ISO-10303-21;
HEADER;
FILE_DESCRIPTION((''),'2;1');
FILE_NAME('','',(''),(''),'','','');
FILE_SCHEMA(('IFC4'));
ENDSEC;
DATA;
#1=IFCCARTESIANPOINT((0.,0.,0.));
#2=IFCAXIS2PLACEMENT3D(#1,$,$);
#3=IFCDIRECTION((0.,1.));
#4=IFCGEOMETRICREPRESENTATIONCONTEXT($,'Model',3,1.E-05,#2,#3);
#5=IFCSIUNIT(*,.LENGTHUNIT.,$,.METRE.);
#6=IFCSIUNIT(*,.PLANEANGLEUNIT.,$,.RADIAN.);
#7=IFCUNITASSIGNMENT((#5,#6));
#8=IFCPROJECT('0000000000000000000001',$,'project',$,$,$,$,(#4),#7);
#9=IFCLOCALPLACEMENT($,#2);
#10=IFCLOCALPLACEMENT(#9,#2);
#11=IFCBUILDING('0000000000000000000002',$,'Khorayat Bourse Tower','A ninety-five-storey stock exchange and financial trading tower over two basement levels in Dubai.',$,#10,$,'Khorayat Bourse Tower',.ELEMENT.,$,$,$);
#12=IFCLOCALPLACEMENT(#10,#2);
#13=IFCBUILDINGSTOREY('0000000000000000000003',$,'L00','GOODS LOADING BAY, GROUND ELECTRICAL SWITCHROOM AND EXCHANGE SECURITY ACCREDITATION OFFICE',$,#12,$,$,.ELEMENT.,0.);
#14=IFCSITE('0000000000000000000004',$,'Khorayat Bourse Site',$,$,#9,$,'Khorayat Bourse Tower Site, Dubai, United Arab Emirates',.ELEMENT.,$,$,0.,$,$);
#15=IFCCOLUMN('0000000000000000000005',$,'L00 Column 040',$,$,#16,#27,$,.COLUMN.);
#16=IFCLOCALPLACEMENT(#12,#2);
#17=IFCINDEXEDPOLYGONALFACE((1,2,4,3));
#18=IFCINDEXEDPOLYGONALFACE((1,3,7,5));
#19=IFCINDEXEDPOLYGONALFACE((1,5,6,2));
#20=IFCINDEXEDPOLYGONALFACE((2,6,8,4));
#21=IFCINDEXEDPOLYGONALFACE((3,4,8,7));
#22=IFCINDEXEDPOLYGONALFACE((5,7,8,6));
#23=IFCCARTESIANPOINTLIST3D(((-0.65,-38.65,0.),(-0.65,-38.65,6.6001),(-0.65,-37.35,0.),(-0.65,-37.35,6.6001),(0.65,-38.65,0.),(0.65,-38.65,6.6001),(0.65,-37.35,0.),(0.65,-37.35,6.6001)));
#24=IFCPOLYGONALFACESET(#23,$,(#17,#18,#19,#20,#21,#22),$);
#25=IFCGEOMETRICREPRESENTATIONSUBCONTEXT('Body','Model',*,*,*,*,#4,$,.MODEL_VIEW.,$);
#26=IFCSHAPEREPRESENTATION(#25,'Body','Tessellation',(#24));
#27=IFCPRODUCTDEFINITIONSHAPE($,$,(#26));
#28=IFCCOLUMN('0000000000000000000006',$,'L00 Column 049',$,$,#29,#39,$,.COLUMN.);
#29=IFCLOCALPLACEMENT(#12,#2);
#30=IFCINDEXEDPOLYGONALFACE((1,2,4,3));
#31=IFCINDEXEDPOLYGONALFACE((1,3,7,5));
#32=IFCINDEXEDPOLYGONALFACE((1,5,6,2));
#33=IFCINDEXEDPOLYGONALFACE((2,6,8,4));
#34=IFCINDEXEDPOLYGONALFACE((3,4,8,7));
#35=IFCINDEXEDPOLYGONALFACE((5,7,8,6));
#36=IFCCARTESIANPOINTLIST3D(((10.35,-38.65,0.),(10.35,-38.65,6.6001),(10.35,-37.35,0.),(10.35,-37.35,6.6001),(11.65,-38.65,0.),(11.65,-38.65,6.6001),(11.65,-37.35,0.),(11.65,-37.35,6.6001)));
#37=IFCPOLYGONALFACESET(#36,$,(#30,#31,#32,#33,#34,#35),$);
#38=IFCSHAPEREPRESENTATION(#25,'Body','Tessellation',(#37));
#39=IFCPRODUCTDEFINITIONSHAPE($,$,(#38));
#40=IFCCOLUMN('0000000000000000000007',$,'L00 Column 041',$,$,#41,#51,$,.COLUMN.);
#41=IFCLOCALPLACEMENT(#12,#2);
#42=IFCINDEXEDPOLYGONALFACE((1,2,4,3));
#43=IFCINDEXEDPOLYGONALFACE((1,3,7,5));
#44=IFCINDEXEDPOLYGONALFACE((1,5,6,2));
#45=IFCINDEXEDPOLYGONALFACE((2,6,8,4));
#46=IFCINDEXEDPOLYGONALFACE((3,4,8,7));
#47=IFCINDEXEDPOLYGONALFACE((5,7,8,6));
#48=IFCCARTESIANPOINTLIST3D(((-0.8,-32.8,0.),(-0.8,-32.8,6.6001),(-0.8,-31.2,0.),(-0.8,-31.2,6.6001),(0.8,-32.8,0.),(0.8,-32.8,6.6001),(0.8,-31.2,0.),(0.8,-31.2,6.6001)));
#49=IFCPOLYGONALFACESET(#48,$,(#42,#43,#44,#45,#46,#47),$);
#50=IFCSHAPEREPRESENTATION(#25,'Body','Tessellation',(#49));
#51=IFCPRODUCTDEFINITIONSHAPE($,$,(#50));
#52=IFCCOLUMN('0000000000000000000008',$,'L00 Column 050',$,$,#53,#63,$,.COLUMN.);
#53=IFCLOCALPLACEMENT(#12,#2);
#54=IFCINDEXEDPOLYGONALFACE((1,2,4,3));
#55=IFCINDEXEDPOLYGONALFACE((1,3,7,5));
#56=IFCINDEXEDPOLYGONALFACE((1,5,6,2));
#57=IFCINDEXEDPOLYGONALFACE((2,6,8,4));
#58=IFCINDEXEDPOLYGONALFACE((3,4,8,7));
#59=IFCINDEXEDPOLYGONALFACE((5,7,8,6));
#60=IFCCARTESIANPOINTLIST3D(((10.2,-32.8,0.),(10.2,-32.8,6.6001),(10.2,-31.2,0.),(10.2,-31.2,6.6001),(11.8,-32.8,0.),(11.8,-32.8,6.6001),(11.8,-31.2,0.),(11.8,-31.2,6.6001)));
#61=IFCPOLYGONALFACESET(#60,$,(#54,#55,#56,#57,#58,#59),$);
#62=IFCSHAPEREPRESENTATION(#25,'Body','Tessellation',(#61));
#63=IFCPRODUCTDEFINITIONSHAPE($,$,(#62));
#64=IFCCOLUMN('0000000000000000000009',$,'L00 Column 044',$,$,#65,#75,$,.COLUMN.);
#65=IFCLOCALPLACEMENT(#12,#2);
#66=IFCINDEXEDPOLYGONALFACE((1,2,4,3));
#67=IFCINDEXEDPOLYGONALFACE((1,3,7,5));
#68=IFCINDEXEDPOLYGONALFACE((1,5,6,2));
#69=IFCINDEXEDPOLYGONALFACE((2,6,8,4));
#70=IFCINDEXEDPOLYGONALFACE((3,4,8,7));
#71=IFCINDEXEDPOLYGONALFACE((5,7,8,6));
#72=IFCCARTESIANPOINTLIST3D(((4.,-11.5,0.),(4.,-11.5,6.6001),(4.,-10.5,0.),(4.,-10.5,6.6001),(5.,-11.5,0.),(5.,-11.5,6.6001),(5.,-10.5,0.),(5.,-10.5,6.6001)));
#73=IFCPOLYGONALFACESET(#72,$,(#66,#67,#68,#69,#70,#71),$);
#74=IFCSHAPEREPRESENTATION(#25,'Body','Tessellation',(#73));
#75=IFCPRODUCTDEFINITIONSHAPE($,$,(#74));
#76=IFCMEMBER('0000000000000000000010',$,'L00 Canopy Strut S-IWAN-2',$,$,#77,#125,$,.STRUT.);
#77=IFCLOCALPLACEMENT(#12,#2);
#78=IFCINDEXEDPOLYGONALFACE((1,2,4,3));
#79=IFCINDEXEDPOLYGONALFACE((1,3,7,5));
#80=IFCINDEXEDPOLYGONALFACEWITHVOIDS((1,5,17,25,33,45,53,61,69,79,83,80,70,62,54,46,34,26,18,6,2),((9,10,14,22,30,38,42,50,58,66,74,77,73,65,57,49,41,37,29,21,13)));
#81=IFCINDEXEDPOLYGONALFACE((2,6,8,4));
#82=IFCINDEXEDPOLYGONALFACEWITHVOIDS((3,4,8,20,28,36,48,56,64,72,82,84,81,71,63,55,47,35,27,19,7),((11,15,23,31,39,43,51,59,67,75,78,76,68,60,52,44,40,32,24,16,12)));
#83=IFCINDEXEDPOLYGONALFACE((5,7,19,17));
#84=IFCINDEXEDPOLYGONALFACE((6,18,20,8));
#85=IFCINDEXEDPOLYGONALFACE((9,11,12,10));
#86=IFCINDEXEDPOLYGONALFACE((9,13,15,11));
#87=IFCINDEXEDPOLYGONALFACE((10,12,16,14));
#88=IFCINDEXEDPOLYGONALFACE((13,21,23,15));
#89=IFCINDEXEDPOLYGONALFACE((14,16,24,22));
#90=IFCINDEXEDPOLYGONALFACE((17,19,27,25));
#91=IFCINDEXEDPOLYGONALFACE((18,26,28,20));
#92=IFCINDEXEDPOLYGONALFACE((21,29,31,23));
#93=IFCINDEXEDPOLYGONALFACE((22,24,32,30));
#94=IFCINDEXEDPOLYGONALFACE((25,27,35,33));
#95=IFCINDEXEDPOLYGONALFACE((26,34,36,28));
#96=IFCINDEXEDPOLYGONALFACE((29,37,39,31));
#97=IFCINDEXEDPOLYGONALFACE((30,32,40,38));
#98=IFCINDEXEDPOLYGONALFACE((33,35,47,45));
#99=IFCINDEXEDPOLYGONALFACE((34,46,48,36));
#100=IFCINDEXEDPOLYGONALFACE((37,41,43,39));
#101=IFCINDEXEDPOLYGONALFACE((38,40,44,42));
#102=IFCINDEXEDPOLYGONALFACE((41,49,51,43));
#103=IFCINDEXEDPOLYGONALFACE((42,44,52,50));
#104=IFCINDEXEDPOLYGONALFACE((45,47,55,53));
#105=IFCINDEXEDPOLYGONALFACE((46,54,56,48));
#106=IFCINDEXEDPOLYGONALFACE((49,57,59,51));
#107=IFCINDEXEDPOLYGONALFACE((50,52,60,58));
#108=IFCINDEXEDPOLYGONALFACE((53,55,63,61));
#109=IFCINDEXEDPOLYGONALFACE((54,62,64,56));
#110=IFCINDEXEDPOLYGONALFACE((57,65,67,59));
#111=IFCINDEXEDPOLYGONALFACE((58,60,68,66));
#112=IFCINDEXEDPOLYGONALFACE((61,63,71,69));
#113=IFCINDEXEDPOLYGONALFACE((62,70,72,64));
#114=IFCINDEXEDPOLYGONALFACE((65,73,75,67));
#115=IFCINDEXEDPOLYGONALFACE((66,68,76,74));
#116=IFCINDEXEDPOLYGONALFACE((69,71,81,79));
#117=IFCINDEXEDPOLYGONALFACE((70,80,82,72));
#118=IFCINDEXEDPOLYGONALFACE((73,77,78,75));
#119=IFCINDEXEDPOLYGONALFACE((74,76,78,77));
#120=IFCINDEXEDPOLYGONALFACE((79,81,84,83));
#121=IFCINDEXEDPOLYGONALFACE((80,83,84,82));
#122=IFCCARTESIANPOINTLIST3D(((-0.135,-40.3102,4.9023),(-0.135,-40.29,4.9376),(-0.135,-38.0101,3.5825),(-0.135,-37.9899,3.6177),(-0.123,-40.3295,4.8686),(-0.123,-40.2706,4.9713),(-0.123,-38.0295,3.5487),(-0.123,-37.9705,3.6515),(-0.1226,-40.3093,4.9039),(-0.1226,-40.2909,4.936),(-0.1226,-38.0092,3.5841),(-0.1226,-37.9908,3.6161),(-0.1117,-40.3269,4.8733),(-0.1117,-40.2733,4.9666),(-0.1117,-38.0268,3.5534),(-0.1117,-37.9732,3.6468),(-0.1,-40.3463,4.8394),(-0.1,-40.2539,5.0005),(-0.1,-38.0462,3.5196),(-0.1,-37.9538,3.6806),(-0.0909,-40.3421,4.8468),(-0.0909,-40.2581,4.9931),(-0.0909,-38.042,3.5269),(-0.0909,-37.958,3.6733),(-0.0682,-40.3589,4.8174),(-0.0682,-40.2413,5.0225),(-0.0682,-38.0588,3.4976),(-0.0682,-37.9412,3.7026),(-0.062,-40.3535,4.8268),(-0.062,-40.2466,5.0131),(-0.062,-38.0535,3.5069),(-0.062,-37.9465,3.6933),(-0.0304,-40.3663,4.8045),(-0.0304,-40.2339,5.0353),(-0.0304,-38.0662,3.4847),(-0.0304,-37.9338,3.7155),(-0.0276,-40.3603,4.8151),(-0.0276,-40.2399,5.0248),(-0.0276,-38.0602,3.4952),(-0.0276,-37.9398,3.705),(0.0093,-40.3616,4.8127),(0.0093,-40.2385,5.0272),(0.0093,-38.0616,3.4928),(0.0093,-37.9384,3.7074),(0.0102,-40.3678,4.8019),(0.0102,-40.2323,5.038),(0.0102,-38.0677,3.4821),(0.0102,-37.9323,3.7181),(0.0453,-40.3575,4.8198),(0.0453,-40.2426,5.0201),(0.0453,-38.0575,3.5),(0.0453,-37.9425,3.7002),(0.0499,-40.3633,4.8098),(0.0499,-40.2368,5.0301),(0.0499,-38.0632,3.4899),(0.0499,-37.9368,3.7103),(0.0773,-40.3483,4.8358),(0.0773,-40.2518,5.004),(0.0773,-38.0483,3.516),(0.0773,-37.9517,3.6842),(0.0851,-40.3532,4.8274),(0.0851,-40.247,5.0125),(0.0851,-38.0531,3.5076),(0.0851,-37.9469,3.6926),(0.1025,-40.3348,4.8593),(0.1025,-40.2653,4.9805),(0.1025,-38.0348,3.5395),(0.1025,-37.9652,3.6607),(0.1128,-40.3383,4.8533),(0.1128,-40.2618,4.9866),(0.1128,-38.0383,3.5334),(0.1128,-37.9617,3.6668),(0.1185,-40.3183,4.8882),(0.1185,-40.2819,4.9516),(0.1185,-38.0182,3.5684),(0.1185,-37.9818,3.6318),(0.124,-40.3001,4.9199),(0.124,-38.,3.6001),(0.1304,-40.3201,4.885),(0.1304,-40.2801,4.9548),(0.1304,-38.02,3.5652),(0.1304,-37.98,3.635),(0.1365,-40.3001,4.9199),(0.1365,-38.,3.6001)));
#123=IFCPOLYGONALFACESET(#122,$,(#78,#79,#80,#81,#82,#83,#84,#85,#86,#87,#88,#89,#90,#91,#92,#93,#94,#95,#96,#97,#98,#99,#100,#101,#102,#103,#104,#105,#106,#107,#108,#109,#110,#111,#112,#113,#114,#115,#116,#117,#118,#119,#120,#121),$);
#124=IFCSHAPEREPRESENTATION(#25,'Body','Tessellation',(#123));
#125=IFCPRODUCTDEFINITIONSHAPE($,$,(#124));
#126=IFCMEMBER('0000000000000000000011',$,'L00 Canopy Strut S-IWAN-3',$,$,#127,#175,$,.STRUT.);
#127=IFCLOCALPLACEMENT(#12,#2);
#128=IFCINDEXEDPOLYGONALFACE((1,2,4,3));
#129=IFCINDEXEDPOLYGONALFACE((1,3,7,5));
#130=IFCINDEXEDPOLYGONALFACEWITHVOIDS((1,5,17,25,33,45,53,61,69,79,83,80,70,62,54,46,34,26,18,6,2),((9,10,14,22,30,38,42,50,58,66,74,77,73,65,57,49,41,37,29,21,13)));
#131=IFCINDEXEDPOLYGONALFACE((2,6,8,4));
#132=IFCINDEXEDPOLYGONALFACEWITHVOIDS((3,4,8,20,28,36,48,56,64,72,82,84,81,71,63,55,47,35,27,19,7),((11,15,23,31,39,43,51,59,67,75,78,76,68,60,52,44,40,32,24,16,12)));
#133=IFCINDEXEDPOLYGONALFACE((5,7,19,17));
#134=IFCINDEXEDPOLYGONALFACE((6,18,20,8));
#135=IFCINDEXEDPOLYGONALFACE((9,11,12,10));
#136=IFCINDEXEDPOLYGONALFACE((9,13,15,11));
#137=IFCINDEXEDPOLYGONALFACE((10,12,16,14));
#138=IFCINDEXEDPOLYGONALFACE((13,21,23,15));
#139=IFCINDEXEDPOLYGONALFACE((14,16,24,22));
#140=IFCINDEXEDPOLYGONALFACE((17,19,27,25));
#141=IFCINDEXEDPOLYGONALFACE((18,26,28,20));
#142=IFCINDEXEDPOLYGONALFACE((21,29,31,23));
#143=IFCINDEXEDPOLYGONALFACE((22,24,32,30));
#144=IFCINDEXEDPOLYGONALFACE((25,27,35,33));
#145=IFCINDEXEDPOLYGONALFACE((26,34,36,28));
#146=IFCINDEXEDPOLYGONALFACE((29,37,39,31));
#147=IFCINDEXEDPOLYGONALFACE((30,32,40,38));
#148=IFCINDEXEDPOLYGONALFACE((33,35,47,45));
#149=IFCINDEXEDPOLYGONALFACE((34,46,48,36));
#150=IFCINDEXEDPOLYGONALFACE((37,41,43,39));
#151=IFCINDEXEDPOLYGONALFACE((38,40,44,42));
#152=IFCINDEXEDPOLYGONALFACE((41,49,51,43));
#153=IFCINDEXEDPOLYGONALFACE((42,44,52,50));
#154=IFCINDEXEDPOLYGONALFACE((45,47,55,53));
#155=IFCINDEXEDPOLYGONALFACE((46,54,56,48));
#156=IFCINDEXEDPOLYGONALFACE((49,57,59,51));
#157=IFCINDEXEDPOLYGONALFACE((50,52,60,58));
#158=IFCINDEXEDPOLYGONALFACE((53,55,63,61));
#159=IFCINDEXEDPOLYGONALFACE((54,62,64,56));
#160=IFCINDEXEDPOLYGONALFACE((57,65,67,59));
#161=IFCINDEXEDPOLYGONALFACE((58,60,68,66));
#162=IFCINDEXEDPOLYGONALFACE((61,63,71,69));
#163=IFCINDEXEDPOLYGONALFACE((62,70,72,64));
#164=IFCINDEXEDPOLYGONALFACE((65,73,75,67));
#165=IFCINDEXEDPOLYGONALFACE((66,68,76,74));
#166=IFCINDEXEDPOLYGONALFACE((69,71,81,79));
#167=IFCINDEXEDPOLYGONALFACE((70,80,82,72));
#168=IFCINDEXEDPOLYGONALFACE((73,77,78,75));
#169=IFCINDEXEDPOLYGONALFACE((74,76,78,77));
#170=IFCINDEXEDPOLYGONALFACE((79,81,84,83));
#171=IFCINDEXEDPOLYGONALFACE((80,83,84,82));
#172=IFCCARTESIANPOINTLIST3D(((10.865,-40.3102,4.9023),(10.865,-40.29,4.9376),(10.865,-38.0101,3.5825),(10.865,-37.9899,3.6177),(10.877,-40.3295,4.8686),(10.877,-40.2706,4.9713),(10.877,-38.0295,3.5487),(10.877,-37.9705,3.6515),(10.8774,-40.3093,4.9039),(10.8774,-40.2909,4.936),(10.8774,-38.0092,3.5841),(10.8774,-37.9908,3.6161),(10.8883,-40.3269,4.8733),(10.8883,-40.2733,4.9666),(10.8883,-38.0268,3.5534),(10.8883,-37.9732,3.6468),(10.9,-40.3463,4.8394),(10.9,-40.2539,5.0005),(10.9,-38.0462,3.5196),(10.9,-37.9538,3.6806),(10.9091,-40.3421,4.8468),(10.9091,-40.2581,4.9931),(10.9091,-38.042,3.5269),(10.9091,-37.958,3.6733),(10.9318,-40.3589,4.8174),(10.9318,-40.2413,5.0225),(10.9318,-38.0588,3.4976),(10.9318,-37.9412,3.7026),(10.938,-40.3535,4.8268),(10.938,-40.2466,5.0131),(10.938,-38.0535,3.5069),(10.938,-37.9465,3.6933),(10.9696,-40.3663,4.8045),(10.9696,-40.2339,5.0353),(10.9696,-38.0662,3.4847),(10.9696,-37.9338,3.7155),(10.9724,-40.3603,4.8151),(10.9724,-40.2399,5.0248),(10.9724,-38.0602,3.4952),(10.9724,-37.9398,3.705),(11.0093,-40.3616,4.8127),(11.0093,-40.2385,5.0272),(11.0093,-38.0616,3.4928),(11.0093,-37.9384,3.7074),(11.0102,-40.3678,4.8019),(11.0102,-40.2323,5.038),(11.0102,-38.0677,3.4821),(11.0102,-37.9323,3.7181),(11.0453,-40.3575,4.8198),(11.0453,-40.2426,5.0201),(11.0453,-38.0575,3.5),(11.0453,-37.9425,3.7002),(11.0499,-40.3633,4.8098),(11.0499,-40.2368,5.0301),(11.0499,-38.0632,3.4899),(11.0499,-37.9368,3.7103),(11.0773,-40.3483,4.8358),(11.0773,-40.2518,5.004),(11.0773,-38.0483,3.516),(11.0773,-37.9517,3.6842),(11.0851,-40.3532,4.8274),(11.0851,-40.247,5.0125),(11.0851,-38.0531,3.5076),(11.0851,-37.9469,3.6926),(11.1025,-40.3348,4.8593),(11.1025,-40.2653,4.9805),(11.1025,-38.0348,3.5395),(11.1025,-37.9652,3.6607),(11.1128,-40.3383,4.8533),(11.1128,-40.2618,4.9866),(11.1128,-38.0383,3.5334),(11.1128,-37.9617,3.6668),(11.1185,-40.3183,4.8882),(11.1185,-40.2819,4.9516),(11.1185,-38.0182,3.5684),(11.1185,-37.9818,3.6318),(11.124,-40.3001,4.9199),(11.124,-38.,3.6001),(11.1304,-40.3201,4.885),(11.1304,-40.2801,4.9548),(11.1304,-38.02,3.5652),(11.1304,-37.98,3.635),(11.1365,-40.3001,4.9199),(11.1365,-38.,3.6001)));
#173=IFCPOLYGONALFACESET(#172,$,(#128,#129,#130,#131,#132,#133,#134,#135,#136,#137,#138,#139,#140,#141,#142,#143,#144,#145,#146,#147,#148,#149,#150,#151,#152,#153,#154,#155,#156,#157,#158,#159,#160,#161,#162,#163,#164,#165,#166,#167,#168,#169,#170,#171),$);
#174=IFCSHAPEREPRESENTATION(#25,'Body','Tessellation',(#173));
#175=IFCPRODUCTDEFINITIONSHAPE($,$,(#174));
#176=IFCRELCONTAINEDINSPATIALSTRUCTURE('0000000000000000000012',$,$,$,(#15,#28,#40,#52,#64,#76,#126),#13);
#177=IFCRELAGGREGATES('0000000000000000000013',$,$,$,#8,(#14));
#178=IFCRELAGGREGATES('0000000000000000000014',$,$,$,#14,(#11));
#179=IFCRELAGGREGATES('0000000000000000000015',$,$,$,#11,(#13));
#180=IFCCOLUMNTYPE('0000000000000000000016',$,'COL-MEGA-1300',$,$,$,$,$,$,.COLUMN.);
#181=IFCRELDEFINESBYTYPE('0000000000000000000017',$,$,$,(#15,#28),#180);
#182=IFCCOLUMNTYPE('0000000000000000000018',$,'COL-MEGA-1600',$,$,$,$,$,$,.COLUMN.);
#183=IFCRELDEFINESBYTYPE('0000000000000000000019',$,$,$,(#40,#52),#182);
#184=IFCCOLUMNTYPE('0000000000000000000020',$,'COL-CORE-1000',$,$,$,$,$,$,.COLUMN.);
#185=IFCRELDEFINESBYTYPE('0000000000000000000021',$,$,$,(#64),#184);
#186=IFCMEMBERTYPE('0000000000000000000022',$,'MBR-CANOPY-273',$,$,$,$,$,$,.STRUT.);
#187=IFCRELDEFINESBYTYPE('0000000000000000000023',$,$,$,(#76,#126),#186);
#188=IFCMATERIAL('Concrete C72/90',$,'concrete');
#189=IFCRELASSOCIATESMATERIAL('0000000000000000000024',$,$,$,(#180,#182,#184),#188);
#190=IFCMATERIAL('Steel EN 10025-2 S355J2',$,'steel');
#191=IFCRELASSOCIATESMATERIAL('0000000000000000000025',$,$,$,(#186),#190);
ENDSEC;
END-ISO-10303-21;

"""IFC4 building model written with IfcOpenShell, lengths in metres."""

from ifc_helpers import new_model, si_unit, direction, frame, origin, origin_2d, place, context, subcontext, project, spatial, rectangle, hollow_circle, extrude, source, transform, mapped, material, material_profile, profile_set, type_object, element, save


model = new_model("IFC4")

# Units and contexts
model_context = context("Model", 3, precision=1e-05, world=origin(), true_north=direction((0.0, 1.0)))
body_context = subcontext(model_context, "Body", "Model", "MODEL_VIEW")
ifc_project = project(units=[si_unit("LENGTHUNIT", "METRE"), si_unit("PLANEANGLEUNIT", "RADIAN")], contexts=[model_context])

# Site, building, storey
site_placement = place(None, origin())
site = spatial("IfcSite", under=ifc_project, at=site_placement, Name="Khorayat Bourse Site", LongName="Khorayat Bourse Tower Site, Dubai, United Arab Emirates", CompositionType="ELEMENT", RefElevation=0.0)
building_placement = place(site_placement, origin())
building = spatial("IfcBuilding", under=site, at=building_placement, Name="Khorayat Bourse Tower", Description="A ninety-five-storey stock exchange and financial trading tower over two basement levels in Dubai.", LongName="Khorayat Bourse Tower", CompositionType="ELEMENT")
storey_placement = place(building_placement, origin())
storey = spatial("IfcBuildingStorey", under=building, at=storey_placement, Name="L00", Description="GOODS LOADING BAY, GROUND ELECTRICAL SWITCHROOM AND EXCHANGE SECURITY ACCREDITATION OFFICE", CompositionType="ELEMENT", Elevation=0.0)

# Columns
ifc_material_1 = material(Name="Concrete C72/90", Category="concrete")
ifc_material_profile_1 = material_profile(ifc_material_1, rectangle(XDim=1.3, YDim=1.3, at=origin_2d()), Name="RC 1300x1300")
ifc_profile_set_1 = profile_set([ifc_material_profile_1], Name="Concrete C72/90")
column_type_1 = type_object("IfcColumnType", Name="COL-MEGA-1300", PredefinedType="COLUMN", material=ifc_profile_set_1)
shared_shape_1 = source(origin(), body_context, "Body", "SweptSolid", [
    extrude(rectangle(XDim=1.3, YDim=1.3, at=origin_2d()), origin(), (0.0, 0.0, 1.0), 6.6001),
])
for number, where, z_axis, x_axis, name in (
    (1, (0.0, -38.0, 0.0), (0.0, 0.0, 1.0), (1.0, 0.0, 0.0), "L00 Column 040"),
    (2, (11.0, -38.0, 0.0), (0.0, 0.0, 1.0), (1.0, 0.0, 0.0), "L00 Column 049"),
):
    element("IfcColumn", number, at=place(storey_placement, frame(where, z_axis=z_axis, x_axis=x_axis)), inside=storey, type_object=column_type_1, Name=name, PredefinedType="COLUMN", context=body_context, shape_type="MappedRepresentation", body=[
        mapped(shared_shape_1, transform((0.0, 0.0, 0.0), scale=1.0)),
    ])
ifc_material_profile_2 = material_profile(ifc_material_1, rectangle(XDim=1.6001, YDim=1.6001, at=origin_2d()), Name="RC 1600x1600")
ifc_profile_set_2 = profile_set([ifc_material_profile_2], Name="Concrete C72/90")
column_type_2 = type_object("IfcColumnType", Name="COL-MEGA-1600", PredefinedType="COLUMN", material=ifc_profile_set_2)
shared_shape_2 = source(origin(), body_context, "Body", "SweptSolid", [
    extrude(rectangle(XDim=1.6001, YDim=1.6001, at=origin_2d()), origin(), (0.0, 0.0, 1.0), 6.6001),
])
for number, where, z_axis, x_axis, name in (
    (3, (0.0, -32.0, 0.0), (0.0, 0.0, 1.0), (1.0, 0.0, 0.0), "L00 Column 041"),
    (4, (11.0, -32.0, 0.0), (0.0, 0.0, 1.0), (1.0, 0.0, 0.0), "L00 Column 050"),
):
    element("IfcColumn", number, at=place(storey_placement, frame(where, z_axis=z_axis, x_axis=x_axis)), inside=storey, type_object=column_type_2, Name=name, PredefinedType="COLUMN", context=body_context, shape_type="MappedRepresentation", body=[
        mapped(shared_shape_2, transform((0.0, 0.0, 0.0), scale=1.0)),
    ])
ifc_material_profile_3 = material_profile(ifc_material_1, rectangle(XDim=1.0, YDim=1.0, at=origin_2d()), Name="RC 1000x1000")
ifc_profile_set_3 = profile_set([ifc_material_profile_3], Name="Concrete C72/90")
column_type_3 = type_object("IfcColumnType", Name="COL-CORE-1000", PredefinedType="COLUMN", material=ifc_profile_set_3)
shared_shape_3 = source(origin(), body_context, "Body", "SweptSolid", [
    extrude(rectangle(XDim=1.0, YDim=1.0, at=origin_2d()), origin(), (0.0, 0.0, 1.0), 6.6001),
])
column_placement = place(storey_placement, frame((4.5, -11.0, 0.0), z_axis=(0.0, 0.0, 1.0), x_axis=(1.0, 0.0, 0.0)))
element("IfcColumn", 5, at=column_placement, inside=storey, type_object=column_type_3, Name="L00 Column 044", PredefinedType="COLUMN", context=body_context, shape_type="MappedRepresentation", body=[
    mapped(shared_shape_3, transform((0.0, 0.0, 0.0), scale=1.0)),
])

# Members
ifc_material_2 = material(Name="Steel EN 10025-2 S355J2", Category="steel")
ifc_material_profile_4 = material_profile(ifc_material_2, hollow_circle(Radius=0.1365, WallThickness=0.0125, at=origin_2d()), Name="CHS 273x12.5")
ifc_profile_set_4 = profile_set([ifc_material_profile_4], Name="Steel EN 10025-2 S355J2")
member_type = type_object("IfcMemberType", Name="MBR-CANOPY-273", PredefinedType="STRUT", material=ifc_profile_set_4)
shared_shape_4 = source(origin(), body_context, "Body", "SweptSolid", [
    extrude(hollow_circle(Radius=0.1365, WallThickness=0.0125, at=origin_2d()), origin(), (0.0, 0.0, 1.0), 2.6519),
])
for number, where, z_axis, x_axis, name in (
    (6, (0.0, -38.0, 3.6001), (0.0, -0.867347, 0.497705), (1.0, 0.0, 0.0), "L00 Canopy Strut S-IWAN-2"),
    (7, (11.0, -38.0, 3.6001), (0.0, -0.867347, 0.497705), (1.0, 0.0, 0.0), "L00 Canopy Strut S-IWAN-3"),
):
    element("IfcMember", number, at=place(storey_placement, frame(where, z_axis=z_axis, x_axis=x_axis)), inside=storey, type_object=member_type, Name=name, PredefinedType="STRUT", context=body_context, shape_type="MappedRepresentation", body=[
        mapped(shared_shape_4, transform((0.0, 0.0, 0.0), scale=1.0)),
    ])

save(model, "model.ifc")
